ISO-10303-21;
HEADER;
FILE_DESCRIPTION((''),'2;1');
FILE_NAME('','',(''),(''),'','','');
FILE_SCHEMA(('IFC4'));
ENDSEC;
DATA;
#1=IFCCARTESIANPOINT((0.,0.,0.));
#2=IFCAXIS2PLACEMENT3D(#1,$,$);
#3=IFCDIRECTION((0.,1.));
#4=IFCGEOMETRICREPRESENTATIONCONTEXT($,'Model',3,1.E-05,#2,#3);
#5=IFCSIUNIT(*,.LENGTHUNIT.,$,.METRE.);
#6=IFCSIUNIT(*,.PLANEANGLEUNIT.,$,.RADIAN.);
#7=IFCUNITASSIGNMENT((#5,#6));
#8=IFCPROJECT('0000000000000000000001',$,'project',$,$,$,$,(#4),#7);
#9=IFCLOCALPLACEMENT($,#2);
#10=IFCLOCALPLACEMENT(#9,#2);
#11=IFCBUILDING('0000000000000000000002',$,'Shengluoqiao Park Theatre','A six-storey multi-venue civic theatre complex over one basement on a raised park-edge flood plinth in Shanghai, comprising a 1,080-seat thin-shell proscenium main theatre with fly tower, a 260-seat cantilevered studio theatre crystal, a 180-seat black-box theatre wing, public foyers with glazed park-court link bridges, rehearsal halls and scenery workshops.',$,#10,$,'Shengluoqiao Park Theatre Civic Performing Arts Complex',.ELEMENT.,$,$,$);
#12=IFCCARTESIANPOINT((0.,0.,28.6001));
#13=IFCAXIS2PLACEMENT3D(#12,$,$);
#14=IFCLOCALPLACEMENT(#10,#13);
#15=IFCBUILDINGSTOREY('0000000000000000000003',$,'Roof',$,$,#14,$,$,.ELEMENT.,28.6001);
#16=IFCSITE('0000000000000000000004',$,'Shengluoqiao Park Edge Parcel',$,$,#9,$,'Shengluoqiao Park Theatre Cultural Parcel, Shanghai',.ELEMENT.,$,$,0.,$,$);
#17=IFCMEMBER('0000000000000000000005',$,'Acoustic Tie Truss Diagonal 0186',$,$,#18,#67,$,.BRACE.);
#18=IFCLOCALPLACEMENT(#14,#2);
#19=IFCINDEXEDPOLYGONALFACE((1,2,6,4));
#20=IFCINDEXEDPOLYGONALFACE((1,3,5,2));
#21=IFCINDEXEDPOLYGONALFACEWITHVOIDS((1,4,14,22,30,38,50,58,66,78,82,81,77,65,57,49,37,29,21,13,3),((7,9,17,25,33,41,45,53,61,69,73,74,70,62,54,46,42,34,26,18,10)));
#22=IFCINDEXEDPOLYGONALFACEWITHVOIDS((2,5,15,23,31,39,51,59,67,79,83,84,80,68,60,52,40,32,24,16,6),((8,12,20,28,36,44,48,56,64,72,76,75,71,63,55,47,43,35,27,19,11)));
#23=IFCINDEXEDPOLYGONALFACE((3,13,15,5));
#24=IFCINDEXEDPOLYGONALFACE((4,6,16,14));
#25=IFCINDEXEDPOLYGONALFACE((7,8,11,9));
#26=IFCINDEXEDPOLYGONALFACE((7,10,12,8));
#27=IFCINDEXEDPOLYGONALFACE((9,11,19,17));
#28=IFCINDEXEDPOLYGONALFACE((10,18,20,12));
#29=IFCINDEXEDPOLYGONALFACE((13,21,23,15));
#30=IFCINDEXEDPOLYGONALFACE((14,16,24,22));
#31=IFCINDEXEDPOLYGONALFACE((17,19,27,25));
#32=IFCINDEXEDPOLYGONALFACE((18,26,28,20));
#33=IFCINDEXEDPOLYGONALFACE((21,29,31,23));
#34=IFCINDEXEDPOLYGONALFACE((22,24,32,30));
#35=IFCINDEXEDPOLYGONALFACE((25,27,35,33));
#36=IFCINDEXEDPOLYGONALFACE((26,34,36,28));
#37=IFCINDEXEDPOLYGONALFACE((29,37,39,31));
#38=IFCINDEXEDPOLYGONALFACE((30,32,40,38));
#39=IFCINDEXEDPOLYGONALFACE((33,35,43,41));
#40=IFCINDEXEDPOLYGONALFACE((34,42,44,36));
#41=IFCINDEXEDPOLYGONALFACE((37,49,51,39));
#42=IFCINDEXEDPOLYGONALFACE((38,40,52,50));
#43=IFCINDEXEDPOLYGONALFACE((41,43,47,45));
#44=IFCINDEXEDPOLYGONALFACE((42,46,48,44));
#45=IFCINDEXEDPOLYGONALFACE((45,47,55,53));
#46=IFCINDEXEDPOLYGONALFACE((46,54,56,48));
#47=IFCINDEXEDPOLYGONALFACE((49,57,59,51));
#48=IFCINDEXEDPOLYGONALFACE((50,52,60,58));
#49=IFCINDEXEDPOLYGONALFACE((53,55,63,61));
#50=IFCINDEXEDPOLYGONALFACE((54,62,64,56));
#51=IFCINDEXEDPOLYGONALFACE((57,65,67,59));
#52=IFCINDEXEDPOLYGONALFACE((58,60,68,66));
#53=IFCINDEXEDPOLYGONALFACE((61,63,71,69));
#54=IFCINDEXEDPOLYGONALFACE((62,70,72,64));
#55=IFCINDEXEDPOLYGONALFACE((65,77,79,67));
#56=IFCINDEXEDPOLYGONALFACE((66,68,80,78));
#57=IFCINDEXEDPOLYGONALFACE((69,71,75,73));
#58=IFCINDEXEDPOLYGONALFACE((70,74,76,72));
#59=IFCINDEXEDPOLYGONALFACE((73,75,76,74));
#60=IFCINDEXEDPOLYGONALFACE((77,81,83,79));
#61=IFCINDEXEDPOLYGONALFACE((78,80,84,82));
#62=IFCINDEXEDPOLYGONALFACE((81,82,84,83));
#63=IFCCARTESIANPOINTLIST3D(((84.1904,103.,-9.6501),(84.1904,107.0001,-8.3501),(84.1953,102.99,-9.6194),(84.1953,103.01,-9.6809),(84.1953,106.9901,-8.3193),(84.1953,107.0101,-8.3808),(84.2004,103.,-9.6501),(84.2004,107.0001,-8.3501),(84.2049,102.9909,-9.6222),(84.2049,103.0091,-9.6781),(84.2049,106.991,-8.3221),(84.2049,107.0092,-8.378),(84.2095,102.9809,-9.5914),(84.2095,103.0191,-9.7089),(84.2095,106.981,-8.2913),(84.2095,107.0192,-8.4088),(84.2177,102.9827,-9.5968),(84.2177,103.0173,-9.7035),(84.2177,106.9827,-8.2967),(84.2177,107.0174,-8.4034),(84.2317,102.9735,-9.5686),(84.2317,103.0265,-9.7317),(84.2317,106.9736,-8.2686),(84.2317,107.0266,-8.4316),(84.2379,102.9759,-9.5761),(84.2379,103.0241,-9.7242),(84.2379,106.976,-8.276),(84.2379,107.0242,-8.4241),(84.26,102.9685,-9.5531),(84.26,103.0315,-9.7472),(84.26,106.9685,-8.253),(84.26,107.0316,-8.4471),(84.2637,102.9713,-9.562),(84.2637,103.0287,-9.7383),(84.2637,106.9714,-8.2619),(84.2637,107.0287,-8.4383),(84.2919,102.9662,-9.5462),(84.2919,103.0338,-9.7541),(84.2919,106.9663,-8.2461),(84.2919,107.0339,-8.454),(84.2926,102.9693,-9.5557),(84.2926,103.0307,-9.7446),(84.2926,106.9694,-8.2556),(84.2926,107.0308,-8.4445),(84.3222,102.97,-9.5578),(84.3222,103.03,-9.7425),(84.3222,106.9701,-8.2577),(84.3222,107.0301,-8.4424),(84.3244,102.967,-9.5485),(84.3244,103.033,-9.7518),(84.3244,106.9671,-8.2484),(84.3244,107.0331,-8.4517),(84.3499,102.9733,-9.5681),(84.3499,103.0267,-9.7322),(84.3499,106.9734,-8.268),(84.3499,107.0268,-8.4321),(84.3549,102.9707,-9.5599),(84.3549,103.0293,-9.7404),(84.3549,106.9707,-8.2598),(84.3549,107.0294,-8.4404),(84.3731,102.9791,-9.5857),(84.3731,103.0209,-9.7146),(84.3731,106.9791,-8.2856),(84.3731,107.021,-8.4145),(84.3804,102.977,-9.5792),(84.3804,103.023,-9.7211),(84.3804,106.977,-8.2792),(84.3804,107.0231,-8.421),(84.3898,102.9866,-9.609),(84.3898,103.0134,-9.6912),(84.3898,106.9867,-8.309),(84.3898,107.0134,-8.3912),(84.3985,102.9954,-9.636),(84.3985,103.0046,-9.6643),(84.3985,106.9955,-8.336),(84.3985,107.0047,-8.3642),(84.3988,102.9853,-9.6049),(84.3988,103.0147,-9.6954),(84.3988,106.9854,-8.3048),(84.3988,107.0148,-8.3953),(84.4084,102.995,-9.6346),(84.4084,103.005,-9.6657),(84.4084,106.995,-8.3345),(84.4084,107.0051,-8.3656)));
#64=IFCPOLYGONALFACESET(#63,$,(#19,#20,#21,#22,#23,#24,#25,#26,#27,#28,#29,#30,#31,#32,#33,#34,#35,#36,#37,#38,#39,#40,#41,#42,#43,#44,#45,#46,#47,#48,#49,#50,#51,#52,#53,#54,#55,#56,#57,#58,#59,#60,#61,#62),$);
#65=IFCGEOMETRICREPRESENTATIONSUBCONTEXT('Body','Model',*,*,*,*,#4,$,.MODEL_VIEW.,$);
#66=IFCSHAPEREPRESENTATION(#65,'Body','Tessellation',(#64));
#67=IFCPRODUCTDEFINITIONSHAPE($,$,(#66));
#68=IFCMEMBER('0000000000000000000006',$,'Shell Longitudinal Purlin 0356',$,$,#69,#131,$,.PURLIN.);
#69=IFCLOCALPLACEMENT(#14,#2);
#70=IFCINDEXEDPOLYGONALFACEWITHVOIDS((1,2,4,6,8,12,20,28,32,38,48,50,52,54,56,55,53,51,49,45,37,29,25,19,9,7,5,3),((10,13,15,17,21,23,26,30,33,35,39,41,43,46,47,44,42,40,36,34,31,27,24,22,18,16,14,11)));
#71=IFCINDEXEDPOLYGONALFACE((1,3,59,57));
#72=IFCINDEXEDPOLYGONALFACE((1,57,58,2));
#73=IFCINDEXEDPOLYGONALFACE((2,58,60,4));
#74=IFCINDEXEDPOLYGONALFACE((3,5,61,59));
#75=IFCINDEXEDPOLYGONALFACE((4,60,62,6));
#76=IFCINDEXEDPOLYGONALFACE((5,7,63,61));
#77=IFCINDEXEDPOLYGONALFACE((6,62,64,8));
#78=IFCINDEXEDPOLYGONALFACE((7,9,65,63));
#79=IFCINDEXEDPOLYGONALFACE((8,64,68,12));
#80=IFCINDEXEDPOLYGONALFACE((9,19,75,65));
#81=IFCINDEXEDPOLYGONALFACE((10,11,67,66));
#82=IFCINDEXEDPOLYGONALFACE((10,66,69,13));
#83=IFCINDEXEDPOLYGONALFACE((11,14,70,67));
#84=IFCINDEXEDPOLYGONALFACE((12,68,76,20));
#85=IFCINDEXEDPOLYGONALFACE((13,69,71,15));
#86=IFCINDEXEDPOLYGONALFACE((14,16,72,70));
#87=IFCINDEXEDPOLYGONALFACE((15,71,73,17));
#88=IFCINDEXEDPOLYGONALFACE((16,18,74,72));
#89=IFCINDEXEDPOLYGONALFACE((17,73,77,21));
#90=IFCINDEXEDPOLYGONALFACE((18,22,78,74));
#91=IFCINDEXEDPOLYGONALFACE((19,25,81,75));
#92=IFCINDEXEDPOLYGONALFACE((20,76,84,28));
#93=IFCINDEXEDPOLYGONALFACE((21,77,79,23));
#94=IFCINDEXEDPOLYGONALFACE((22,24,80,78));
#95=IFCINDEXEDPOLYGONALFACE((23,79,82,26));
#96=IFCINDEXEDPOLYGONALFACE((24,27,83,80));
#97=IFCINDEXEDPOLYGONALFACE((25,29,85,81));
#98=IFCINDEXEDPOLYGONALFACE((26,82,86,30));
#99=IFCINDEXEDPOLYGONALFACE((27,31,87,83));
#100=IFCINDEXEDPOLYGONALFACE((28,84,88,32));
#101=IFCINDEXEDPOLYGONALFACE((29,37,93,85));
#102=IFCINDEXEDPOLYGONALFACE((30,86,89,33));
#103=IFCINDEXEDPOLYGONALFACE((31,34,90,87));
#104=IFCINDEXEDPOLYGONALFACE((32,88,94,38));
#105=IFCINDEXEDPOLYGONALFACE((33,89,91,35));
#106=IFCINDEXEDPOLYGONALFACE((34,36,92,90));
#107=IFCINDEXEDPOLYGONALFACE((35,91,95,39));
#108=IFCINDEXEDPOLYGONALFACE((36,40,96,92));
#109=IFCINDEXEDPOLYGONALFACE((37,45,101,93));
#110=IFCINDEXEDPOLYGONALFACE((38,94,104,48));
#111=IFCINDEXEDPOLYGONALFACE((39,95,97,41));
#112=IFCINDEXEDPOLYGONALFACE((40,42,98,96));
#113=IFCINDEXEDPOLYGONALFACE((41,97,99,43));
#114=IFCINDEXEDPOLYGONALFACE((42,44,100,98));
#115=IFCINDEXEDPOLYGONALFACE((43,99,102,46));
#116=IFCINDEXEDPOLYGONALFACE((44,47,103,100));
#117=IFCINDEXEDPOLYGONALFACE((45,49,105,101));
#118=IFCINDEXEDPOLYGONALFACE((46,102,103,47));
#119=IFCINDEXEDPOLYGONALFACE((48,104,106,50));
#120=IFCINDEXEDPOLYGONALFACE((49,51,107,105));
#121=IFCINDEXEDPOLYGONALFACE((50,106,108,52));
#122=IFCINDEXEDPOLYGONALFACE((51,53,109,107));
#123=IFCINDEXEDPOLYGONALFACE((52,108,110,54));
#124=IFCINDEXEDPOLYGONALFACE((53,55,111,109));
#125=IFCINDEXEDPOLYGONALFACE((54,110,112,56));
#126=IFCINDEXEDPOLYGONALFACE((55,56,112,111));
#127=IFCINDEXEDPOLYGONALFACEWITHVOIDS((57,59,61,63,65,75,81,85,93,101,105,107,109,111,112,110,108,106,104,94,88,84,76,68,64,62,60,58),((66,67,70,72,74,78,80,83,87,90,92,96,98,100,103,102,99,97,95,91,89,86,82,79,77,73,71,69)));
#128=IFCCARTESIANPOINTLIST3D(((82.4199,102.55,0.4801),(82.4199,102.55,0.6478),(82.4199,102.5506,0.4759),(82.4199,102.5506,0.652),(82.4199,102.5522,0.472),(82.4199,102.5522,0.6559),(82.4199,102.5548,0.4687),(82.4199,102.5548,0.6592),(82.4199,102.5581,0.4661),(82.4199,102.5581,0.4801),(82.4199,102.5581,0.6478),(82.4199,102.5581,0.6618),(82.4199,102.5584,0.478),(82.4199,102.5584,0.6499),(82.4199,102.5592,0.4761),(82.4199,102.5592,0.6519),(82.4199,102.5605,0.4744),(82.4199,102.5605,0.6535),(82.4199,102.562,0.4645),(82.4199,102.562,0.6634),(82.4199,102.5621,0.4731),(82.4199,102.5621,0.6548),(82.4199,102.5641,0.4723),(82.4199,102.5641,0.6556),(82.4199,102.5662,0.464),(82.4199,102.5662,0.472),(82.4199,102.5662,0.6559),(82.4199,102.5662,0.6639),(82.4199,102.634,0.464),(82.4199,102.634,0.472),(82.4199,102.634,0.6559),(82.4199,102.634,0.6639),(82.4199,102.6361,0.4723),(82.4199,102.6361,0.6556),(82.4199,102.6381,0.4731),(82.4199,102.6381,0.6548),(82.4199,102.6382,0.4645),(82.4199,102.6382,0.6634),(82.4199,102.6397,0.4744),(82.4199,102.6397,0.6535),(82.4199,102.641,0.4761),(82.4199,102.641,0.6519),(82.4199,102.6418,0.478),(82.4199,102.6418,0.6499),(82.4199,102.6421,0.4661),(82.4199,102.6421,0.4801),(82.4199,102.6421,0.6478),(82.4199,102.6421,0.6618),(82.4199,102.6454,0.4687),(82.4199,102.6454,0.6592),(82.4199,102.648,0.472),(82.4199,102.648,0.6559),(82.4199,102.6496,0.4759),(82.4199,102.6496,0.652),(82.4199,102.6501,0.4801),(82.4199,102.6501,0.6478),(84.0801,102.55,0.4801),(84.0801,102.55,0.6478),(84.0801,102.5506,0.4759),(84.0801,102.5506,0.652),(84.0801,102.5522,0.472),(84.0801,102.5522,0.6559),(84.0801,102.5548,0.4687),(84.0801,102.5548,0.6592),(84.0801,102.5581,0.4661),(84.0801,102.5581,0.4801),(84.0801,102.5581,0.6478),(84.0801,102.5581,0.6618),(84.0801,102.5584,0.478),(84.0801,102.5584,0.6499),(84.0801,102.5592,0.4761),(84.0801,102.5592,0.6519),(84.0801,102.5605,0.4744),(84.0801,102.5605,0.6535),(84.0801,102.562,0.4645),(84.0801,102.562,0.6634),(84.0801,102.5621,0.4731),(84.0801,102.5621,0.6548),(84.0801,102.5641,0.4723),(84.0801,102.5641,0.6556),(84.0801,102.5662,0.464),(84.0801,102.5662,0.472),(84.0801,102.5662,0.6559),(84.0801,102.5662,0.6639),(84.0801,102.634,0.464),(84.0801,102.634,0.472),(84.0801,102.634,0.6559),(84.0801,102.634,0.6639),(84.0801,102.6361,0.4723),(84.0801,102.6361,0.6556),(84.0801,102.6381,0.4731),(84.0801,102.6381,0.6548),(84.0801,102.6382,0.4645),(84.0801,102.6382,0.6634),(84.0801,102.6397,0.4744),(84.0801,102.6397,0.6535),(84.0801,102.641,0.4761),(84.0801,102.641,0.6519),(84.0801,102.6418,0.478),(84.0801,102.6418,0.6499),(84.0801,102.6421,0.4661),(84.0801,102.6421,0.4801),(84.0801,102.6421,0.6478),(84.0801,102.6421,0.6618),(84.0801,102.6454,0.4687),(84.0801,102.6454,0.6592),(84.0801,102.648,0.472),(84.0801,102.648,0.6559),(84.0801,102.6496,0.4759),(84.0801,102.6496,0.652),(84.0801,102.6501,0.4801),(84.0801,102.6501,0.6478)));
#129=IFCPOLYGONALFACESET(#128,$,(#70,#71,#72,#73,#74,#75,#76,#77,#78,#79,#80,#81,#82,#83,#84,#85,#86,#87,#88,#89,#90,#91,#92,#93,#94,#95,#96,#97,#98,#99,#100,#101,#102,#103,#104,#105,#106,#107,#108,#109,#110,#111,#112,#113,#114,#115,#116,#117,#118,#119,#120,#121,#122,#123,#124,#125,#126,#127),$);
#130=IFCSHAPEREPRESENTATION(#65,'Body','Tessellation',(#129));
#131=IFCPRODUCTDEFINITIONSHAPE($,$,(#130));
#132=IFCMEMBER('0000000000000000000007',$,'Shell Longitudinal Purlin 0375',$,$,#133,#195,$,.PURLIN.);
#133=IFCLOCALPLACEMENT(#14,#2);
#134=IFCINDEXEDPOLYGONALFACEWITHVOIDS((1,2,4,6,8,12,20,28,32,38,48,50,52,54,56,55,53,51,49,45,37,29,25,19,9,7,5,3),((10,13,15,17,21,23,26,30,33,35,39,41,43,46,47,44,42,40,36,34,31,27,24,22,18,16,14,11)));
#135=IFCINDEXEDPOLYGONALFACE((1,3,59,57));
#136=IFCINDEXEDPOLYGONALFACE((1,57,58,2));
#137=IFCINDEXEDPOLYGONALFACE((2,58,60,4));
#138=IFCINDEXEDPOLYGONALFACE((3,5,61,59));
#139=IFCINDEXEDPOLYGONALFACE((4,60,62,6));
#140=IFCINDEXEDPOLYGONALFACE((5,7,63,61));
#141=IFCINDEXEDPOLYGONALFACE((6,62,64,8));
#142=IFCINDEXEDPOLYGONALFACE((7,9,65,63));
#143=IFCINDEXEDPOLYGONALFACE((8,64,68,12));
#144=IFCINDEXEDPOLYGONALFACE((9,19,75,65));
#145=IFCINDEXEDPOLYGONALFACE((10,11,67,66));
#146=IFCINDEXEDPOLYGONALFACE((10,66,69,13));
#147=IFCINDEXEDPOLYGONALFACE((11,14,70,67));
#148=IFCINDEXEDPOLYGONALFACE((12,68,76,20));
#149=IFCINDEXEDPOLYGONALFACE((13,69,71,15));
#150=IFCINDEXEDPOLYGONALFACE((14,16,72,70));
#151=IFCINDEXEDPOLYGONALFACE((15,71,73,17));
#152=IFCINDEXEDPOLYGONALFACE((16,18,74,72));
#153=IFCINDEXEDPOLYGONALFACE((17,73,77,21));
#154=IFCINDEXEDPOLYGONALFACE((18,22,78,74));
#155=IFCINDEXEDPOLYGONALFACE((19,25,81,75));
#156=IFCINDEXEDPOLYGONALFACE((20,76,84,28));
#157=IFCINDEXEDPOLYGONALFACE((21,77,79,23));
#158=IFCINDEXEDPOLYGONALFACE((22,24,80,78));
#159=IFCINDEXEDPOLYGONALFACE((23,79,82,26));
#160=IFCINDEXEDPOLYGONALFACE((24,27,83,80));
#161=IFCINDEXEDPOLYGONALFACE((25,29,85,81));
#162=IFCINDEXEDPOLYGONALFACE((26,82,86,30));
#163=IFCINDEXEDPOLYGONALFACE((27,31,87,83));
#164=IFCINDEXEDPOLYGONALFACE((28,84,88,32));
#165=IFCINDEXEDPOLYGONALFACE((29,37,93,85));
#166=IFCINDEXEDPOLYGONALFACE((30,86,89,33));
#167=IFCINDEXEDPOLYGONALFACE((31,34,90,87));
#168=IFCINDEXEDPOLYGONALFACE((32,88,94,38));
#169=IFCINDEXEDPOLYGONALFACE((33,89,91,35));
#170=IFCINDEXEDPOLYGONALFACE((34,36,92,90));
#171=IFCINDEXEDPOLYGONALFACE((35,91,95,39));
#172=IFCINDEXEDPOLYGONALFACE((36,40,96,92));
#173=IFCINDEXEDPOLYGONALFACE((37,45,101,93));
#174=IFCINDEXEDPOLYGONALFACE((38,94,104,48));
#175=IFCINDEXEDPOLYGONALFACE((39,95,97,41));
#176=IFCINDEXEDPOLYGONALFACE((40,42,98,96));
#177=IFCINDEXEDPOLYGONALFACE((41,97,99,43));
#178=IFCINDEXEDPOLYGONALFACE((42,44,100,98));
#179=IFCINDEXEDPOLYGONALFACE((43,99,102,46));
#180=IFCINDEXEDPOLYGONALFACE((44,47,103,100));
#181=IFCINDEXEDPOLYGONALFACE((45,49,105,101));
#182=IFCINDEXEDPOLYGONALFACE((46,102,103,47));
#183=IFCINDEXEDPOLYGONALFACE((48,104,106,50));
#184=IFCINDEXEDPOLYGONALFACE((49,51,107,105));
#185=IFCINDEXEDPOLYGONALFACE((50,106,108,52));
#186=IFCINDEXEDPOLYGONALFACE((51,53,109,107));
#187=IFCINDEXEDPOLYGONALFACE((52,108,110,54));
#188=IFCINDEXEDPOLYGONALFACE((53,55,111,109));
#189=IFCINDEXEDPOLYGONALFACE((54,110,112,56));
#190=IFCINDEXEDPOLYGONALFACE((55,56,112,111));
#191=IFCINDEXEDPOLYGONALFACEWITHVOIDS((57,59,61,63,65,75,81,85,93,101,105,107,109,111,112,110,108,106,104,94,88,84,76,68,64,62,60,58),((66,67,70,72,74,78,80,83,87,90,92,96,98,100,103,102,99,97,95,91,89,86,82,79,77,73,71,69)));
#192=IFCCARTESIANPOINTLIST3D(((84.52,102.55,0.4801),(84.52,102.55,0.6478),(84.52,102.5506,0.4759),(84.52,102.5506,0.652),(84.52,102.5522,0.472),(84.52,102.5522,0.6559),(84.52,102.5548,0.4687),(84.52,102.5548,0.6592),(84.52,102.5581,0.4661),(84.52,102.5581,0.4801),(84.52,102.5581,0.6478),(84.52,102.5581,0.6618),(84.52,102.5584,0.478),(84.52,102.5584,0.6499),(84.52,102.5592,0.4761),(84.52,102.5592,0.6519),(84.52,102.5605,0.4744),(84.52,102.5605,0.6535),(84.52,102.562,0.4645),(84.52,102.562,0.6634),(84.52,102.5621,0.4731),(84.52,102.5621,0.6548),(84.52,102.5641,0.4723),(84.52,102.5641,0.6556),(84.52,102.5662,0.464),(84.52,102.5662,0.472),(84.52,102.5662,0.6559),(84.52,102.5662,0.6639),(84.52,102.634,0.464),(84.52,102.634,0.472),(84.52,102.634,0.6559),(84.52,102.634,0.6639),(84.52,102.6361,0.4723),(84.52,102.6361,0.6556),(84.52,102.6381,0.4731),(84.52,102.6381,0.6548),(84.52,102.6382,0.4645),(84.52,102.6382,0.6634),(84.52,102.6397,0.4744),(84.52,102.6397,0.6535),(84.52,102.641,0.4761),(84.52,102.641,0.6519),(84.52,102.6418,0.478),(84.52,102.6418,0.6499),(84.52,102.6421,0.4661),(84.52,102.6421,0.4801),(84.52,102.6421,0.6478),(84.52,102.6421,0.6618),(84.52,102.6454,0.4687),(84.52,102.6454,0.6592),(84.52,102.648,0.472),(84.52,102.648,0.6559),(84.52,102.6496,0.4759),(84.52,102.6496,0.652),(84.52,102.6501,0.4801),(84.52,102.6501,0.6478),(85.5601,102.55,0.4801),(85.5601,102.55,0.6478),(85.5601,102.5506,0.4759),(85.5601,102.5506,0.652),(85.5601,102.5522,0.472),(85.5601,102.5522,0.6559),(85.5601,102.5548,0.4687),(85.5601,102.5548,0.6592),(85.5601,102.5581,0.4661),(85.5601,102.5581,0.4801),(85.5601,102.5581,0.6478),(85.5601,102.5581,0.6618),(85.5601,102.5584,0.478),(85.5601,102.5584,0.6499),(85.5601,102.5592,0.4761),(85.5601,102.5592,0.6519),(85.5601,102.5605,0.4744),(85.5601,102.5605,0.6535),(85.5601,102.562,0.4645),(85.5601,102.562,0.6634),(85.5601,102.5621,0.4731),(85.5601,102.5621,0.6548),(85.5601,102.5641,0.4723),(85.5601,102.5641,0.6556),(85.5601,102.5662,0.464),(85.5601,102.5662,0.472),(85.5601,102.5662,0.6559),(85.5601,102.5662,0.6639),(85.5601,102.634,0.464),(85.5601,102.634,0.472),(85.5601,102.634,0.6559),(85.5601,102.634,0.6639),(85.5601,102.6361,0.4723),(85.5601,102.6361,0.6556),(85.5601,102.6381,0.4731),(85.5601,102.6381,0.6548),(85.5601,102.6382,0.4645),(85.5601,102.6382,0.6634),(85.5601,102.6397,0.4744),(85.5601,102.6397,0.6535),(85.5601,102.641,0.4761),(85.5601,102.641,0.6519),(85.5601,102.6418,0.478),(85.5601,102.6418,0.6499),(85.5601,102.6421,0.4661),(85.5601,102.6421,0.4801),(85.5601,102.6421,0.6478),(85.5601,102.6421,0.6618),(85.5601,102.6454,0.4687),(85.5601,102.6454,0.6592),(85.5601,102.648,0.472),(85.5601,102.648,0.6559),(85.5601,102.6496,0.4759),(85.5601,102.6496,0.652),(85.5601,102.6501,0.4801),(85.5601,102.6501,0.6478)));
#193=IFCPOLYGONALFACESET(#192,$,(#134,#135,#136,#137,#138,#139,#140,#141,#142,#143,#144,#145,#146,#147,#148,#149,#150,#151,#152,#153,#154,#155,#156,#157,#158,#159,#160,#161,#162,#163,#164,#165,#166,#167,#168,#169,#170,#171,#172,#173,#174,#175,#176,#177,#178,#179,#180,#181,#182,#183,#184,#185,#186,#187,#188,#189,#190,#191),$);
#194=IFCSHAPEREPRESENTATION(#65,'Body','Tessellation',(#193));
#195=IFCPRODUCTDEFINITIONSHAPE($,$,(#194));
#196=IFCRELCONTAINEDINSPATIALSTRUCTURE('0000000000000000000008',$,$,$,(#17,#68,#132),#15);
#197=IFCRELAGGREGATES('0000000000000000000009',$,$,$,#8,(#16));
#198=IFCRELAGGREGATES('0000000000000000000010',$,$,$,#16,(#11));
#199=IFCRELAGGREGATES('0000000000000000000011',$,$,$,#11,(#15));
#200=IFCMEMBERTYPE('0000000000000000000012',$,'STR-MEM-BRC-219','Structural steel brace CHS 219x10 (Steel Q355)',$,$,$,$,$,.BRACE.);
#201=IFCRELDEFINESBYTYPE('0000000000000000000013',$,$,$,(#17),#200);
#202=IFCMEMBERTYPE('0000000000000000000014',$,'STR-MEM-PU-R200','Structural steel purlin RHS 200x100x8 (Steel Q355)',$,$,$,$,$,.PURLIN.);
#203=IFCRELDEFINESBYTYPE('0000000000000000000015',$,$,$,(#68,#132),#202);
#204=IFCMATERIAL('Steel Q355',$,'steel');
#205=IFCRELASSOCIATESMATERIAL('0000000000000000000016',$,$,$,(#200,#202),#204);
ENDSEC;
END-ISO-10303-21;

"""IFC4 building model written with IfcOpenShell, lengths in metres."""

from ifc_helpers import new_model, si_unit, direction, frame, origin, origin_2d, place, context, subcontext, project, spatial, hollow_rectangle, hollow_circle, extrude, material, material_profile, profile_set, type_object, element, save


model = new_model("IFC4")

# Units and contexts
model_context = context("Model", 3, precision=1e-05, world=origin(), true_north=direction((0.0, 1.0)))
body_context = subcontext(model_context, "Body", "Model", "MODEL_VIEW")
ifc_project = project(units=[si_unit("LENGTHUNIT", "METRE"), si_unit("PLANEANGLEUNIT", "RADIAN")], contexts=[model_context])

# Site, building, storey
site_placement = place(None, origin())
site = spatial("IfcSite", under=ifc_project, at=site_placement, Name="Shengluoqiao Park Edge Parcel", LongName="Shengluoqiao Park Theatre Cultural Parcel, Shanghai", CompositionType="ELEMENT", RefElevation=0.0)
building_placement = place(site_placement, origin())
building = spatial("IfcBuilding", under=site, at=building_placement, Name="Shengluoqiao Park Theatre", Description="A six-storey multi-venue civic theatre complex over one basement on a raised park-edge flood plinth in Shanghai, comprising a 1,080-seat thin-shell proscenium main theatre with fly tower, a 260-seat cantilevered studio theatre crystal, a 180-seat black-box theatre wing, public foyers with glazed park-court link bridges, rehearsal halls and scenery workshops.", LongName="Shengluoqiao Park Theatre Civic Performing Arts Complex", CompositionType="ELEMENT")
storey_placement = place(building_placement, frame((0.0, 0.0, 28.6001)))
storey = spatial("IfcBuildingStorey", under=building, at=storey_placement, Name="Roof", CompositionType="ELEMENT", Elevation=28.6001)

# Shared definitions
ifc_material_1 = material(Name="Steel Q355", Category="steel")

# Members
ifc_material_profile_1 = material_profile(ifc_material_1, hollow_circle(Radius=0.1096, WallThickness=0.01, at=origin_2d()), Name="CHS 219x10")
ifc_profile_set_1 = profile_set([ifc_material_profile_1], Name="Steel Q355")
member_type_1 = type_object("IfcMemberType", Name="STR-MEM-BRC-219", Description="Structural steel brace CHS 219x10 (Steel Q355)", PredefinedType="BRACE", material=ifc_profile_set_1)
for number, where, z_axis, x_axis, name in (
    (1, (84.3, 103.0, -9.6501), (0.0, 0.951031, 0.309097), (-1.0, 0.0, 0.0), "Acoustic Tie Truss Diagonal 0186"),
):
    element("IfcMember", number, at=place(storey_placement, frame(where, z_axis=z_axis, x_axis=x_axis)), inside=storey, type_object=member_type_1, Name=name, PredefinedType="BRACE", context=body_context, shape_type="SweptSolid", body=[
        extrude(hollow_circle(Radius=0.1096, WallThickness=0.01, at=origin_2d()), origin(), (0.0, 0.0, 1.0), 4.2061),
    ])
ifc_material_profile_2 = material_profile(ifc_material_1, hollow_rectangle(XDim=0.1001, YDim=0.2, WallThickness=0.0081, InnerFilletRadius=0.0081, OuterFilletRadius=0.0161, at=origin_2d()), Name="RHS 200x100x8")
ifc_profile_set_2 = profile_set([ifc_material_profile_2], Name="Steel Q355")
member_type_2 = type_object("IfcMemberType", Name="STR-MEM-PU-R200", Description="Structural steel purlin RHS 200x100x8 (Steel Q355)", PredefinedType="PURLIN", material=ifc_profile_set_2)
member_1_placement = place(storey_placement, frame((82.4199, 102.6001, 0.564), z_axis=(1.0, 0.0, 0.0), x_axis=(0.0, 1.0, 0.0)))
element("IfcMember", 2, at=member_1_placement, inside=storey, type_object=member_type_2, Name="Shell Longitudinal Purlin 0356", PredefinedType="PURLIN", context=body_context, shape_type="SweptSolid", body=[
    extrude(hollow_rectangle(XDim=0.1001, YDim=0.2, WallThickness=0.0081, InnerFilletRadius=0.0081, OuterFilletRadius=0.0161, at=origin_2d()), origin(), (0.0, 0.0, 1.0), 1.6602),
])
member_2_placement = place(storey_placement, frame((84.52, 102.6001, 0.564), z_axis=(1.0, 0.0, 0.0), x_axis=(0.0, 1.0, 0.0)))
element("IfcMember", 3, at=member_2_placement, inside=storey, type_object=member_type_2, Name="Shell Longitudinal Purlin 0375", PredefinedType="PURLIN", context=body_context, shape_type="SweptSolid", body=[
    extrude(hollow_rectangle(XDim=0.1001, YDim=0.2, WallThickness=0.0081, InnerFilletRadius=0.0081, OuterFilletRadius=0.0161, at=origin_2d()), origin(), (0.0, 0.0, 1.0), 1.04),
])

save(model, "model.ifc")
